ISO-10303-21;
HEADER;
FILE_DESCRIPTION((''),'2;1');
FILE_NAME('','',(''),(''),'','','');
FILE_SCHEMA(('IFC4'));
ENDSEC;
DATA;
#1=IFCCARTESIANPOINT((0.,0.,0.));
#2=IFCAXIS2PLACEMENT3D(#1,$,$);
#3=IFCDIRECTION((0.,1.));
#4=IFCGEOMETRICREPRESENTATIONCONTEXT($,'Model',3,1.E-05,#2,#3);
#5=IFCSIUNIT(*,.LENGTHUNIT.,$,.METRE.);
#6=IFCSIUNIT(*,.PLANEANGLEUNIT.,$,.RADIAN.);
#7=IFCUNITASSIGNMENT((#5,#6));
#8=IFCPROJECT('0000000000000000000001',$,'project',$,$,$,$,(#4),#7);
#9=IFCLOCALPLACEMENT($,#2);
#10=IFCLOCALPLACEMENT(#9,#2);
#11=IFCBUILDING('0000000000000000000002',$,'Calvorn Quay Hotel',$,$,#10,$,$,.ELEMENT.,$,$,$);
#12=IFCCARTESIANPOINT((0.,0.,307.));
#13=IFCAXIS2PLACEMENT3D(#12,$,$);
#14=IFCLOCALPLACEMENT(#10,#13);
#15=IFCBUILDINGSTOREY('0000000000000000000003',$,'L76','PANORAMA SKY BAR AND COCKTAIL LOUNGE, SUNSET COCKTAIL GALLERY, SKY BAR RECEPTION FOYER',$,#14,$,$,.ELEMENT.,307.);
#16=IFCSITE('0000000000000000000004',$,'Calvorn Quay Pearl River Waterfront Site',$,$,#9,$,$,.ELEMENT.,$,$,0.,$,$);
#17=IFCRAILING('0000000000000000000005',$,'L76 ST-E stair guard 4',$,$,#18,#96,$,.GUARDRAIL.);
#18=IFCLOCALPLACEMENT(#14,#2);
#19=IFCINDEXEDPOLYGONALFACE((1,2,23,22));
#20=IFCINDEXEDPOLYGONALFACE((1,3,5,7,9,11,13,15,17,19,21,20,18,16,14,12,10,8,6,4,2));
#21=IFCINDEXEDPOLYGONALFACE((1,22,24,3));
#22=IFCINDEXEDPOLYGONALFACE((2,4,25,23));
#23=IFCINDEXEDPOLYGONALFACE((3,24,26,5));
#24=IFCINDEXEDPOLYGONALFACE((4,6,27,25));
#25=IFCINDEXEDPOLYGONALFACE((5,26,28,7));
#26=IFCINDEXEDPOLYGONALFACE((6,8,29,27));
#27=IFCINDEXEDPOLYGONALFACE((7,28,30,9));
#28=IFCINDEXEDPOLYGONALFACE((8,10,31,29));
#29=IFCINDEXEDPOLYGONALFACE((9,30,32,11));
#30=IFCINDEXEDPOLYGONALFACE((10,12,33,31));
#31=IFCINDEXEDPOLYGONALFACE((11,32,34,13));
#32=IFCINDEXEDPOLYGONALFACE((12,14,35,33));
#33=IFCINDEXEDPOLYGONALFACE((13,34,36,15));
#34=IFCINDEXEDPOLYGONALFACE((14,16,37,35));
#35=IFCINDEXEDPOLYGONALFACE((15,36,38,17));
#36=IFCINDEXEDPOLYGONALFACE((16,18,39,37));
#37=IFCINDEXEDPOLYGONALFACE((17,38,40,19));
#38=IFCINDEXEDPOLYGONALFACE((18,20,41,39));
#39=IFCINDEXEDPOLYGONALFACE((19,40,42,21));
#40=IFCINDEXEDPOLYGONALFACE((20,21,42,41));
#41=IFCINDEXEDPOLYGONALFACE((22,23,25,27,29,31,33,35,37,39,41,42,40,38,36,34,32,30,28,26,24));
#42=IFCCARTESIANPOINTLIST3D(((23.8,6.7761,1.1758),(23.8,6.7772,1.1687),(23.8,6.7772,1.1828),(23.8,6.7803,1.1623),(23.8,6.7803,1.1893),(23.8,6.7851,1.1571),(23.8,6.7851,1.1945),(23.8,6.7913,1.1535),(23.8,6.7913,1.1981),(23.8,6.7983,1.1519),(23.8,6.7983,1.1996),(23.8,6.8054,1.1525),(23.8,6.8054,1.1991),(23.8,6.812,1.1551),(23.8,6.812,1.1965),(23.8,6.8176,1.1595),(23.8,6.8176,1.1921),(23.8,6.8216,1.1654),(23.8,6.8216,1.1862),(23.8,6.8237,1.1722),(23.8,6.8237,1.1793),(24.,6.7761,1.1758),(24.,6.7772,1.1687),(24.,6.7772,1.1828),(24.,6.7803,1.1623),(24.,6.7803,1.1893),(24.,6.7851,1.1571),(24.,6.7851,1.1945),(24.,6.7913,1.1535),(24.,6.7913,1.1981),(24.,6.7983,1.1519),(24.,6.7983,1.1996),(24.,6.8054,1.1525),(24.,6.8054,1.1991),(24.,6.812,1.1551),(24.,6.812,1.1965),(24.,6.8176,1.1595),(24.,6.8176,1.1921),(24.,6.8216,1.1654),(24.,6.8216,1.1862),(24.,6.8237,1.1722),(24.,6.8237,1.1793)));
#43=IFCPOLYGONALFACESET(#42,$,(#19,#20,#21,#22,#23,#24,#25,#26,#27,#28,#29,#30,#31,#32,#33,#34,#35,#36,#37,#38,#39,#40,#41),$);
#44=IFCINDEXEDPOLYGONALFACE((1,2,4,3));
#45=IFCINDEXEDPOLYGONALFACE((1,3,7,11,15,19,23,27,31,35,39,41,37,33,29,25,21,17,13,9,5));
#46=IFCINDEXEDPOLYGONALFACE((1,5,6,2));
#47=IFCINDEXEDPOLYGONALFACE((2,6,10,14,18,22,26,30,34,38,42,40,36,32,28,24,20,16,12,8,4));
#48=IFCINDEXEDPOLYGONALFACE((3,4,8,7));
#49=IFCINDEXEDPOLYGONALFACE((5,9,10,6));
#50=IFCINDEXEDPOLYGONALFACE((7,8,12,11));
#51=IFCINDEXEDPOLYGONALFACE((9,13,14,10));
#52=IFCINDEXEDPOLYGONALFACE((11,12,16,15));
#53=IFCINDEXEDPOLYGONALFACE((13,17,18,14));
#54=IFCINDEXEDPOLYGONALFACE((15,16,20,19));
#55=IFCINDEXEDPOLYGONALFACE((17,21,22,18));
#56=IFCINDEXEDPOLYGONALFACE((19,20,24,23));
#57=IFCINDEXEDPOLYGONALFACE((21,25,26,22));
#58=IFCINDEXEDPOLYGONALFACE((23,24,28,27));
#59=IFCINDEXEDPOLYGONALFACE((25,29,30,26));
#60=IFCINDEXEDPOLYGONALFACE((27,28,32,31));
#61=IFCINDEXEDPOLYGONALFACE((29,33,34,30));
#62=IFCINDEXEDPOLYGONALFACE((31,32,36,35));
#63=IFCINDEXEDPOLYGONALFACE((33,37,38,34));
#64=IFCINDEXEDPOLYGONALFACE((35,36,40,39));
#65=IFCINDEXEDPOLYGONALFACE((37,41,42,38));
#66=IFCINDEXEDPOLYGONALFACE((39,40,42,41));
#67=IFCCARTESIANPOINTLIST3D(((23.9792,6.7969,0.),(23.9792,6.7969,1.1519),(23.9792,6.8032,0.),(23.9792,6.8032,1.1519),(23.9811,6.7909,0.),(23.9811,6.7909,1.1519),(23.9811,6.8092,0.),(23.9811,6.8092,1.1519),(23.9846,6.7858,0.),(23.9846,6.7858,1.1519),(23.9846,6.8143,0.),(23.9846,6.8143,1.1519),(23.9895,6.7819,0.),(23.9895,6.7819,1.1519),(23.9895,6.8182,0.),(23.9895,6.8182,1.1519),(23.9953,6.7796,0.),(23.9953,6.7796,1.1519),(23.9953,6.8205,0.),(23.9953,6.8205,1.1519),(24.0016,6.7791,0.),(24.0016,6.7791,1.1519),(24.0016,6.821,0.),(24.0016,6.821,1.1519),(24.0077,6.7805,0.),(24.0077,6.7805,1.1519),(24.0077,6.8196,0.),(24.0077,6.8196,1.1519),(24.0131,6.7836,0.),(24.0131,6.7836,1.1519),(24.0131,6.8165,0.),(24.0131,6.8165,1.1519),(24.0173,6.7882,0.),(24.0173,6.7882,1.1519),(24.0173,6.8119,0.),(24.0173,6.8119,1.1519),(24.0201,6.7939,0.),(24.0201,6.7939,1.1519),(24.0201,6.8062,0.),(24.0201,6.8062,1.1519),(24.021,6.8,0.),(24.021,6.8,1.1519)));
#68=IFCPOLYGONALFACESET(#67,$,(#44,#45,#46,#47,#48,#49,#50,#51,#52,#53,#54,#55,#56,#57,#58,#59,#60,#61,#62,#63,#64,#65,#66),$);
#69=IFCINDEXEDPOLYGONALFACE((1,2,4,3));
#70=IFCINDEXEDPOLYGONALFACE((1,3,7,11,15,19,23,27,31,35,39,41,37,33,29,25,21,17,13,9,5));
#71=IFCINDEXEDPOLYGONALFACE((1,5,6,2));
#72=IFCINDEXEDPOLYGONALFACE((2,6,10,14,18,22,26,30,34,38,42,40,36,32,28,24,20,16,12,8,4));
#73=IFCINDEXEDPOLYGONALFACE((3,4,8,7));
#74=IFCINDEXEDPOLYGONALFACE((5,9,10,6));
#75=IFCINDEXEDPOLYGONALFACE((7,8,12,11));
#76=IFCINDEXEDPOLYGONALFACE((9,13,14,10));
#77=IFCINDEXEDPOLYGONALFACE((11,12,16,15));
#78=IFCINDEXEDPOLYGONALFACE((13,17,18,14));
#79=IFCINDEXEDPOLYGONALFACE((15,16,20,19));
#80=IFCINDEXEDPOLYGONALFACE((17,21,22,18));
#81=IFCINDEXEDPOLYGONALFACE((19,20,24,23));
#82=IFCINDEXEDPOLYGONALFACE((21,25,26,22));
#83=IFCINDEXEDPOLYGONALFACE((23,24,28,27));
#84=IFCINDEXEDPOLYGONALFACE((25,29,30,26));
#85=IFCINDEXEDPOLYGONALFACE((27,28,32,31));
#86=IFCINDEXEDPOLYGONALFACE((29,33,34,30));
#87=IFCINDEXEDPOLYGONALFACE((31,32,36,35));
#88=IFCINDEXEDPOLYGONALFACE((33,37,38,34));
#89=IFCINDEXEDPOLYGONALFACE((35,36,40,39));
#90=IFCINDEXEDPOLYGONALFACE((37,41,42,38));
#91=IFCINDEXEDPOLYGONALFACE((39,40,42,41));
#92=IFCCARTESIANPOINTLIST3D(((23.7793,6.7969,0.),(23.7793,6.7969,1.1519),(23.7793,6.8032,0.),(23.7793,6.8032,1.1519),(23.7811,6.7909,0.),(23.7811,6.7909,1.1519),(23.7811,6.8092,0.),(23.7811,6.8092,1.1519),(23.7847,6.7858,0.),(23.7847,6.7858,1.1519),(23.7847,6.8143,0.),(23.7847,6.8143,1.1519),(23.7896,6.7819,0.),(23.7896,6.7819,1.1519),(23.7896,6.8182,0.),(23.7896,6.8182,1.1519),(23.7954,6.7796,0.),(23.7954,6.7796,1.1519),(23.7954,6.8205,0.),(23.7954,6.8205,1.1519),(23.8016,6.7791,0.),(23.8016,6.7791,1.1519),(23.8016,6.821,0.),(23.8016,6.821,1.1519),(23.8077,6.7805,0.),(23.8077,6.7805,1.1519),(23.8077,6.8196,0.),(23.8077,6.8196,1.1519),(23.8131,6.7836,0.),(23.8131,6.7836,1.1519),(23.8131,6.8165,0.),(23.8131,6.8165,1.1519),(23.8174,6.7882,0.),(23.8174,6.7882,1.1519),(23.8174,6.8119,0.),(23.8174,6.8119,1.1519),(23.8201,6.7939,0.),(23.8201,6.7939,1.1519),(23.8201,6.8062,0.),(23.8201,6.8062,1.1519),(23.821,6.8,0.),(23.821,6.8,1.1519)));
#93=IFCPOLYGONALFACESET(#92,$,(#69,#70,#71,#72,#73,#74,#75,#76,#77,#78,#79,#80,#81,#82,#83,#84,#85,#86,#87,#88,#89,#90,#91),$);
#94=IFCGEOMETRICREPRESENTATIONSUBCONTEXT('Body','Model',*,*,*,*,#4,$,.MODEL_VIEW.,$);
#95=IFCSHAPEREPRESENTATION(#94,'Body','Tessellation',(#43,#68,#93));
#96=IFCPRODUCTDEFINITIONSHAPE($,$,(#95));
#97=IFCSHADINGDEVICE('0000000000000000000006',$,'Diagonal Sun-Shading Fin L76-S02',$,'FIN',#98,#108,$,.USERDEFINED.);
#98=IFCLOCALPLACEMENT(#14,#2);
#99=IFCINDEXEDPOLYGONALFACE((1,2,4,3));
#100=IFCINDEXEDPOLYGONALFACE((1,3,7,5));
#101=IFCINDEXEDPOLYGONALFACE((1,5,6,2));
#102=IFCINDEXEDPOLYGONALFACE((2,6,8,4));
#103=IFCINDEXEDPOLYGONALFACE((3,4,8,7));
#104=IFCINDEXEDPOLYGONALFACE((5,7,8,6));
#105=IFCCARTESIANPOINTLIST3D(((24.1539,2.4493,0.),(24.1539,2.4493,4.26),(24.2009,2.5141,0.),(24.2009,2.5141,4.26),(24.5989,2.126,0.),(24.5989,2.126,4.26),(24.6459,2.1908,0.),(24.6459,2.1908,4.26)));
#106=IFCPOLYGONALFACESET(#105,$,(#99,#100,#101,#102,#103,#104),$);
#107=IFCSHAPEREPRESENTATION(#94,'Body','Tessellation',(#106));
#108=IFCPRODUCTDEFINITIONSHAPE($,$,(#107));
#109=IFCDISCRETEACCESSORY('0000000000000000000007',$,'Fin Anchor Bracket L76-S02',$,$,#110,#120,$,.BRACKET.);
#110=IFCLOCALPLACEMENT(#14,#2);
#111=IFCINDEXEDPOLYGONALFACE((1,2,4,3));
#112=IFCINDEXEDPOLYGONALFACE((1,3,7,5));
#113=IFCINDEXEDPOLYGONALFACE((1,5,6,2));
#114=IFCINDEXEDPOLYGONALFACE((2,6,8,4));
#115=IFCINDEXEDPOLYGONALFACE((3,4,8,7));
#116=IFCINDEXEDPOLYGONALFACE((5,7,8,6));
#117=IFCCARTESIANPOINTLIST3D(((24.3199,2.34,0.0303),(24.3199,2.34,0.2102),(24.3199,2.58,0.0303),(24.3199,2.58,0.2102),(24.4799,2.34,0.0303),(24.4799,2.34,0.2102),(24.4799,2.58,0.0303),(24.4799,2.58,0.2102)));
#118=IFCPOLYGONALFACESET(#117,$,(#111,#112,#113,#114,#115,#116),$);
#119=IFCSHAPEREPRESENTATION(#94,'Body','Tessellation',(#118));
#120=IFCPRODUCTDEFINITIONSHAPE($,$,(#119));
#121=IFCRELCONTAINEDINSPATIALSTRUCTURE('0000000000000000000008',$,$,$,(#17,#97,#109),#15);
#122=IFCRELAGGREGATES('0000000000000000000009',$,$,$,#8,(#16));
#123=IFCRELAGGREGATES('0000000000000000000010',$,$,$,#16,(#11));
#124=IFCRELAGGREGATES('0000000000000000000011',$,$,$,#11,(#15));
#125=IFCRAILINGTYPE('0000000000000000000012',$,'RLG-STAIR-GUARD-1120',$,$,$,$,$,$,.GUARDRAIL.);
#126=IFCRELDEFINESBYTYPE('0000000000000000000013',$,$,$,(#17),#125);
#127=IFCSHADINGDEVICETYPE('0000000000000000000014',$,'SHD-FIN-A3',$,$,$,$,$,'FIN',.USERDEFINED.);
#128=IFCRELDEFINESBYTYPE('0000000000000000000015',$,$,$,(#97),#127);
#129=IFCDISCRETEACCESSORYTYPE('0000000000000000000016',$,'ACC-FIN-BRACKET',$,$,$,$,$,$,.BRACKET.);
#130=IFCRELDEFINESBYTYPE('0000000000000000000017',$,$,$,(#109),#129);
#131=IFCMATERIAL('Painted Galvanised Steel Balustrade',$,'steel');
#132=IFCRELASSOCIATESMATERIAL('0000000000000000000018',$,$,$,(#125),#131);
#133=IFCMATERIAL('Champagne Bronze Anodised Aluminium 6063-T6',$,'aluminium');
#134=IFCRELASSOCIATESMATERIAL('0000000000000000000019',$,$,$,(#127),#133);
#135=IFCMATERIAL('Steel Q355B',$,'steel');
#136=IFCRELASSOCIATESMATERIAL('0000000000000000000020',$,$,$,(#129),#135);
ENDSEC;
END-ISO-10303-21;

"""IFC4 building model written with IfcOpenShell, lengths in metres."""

from ifc_helpers import new_model, si_unit, direction, frame, origin, origin_2d, place, context, subcontext, project, spatial, rectangle, circle, extrude, material, type_object, element, save


model = new_model("IFC4")

# Units and contexts
model_context = context("Model", 3, precision=1e-05, world=origin(), true_north=direction((0.0, 1.0)))
body_context = subcontext(model_context, "Body", "Model", "MODEL_VIEW")
ifc_project = project(units=[si_unit("LENGTHUNIT", "METRE"), si_unit("PLANEANGLEUNIT", "RADIAN")], contexts=[model_context])

# Site, building, storey
site_placement = place(None, origin())
site = spatial("IfcSite", under=ifc_project, at=site_placement, Name="Calvorn Quay Pearl River Waterfront Site", CompositionType="ELEMENT", RefElevation=0.0)
building_placement = place(site_placement, origin())
building = spatial("IfcBuilding", under=site, at=building_placement, Name="Calvorn Quay Hotel", CompositionType="ELEMENT")
storey_placement = place(building_placement, frame((0.0, 0.0, 307.0)))
storey = spatial("IfcBuildingStorey", under=building, at=storey_placement, Name="L76", Description="PANORAMA SKY BAR AND COCKTAIL LOUNGE, SUNSET COCKTAIL GALLERY, SKY BAR RECEPTION FOYER", CompositionType="ELEMENT", Elevation=307.0)

# Railing
ifc_material_1 = material(Name="Painted Galvanised Steel Balustrade", Category="steel")
railing_type_1 = type_object("IfcRailingType", Name="RLG-STAIR-GUARD-1120", PredefinedType="GUARDRAIL", material=ifc_material_1)
railing_1_placement = place(storey_placement, frame((24.0, 6.8, 0.0)))
element("IfcRailing", 1, at=railing_1_placement, inside=storey, type_object=railing_type_1, Name="L76 ST-E stair guard 4", PredefinedType="GUARDRAIL", context=body_context, shape_type="SweptSolid", body=[
    extrude(circle(Radius=0.0239, at=origin_2d()), frame((0.0, 0.0, 1.1758), z_axis=(-1.0, 0.0, 0.0), x_axis=(0.0, -1.0, 0.0)), (0.0, 0.0, 1.0), 0.2),
    extrude(circle(Radius=0.021, at=origin_2d()), origin(), (0.0, 0.0, 1.0), 1.1519),
    extrude(circle(Radius=0.021, at=origin_2d()), frame((-0.2, 0.0, 0.0)), (0.0, 0.0, 1.0), 1.1519),
])

# Shading device
ifc_material_2 = material(Name="Champagne Bronze Anodised Aluminium 6063-T6", Category="aluminium")
shading_device_type = type_object("IfcShadingDeviceType", Name="SHD-FIN-A3", ElementType="FIN", PredefinedType="USERDEFINED", material=ifc_material_2)
shading_device_placement = place(storey_placement, frame((24.3999, 2.3201, 0.0), z_axis=(0.0, 0.0, 1.0), x_axis=(-0.809017, 0.587785, 0.0)))
element("IfcShadingDevice", 2, at=shading_device_placement, inside=storey, type_object=shading_device_type, Name="Diagonal Sun-Shading Fin L76-S02", ObjectType="FIN", PredefinedType="USERDEFINED", context=body_context, shape_type="SweptSolid", body=[
    extrude(rectangle(XDim=0.55, YDim=0.0801, at=origin_2d()), origin(), (0.0, 0.0, 1.0), 4.26),
])

# Discrete accessory
ifc_material_3 = material(Name="Steel Q355B", Category="steel")
discrete_accessory_type = type_object("IfcDiscreteAccessoryType", Name="ACC-FIN-BRACKET", PredefinedType="BRACKET", material=ifc_material_3)
discrete_accessory_placement = place(storey_placement, frame((24.3999, 2.46, 0.0303), z_axis=(0.0, 0.0, 1.0), x_axis=(0.0, 1.0, 0.0)))
element("IfcDiscreteAccessory", 3, at=discrete_accessory_placement, inside=storey, type_object=discrete_accessory_type, Name="Fin Anchor Bracket L76-S02", PredefinedType="BRACKET", context=body_context, shape_type="SweptSolid", body=[
    extrude(rectangle(XDim=0.24, YDim=0.1599, at=origin_2d()), origin(), (0.0, 0.0, 1.0), 0.1799),
])

save(model, "model.ifc")
